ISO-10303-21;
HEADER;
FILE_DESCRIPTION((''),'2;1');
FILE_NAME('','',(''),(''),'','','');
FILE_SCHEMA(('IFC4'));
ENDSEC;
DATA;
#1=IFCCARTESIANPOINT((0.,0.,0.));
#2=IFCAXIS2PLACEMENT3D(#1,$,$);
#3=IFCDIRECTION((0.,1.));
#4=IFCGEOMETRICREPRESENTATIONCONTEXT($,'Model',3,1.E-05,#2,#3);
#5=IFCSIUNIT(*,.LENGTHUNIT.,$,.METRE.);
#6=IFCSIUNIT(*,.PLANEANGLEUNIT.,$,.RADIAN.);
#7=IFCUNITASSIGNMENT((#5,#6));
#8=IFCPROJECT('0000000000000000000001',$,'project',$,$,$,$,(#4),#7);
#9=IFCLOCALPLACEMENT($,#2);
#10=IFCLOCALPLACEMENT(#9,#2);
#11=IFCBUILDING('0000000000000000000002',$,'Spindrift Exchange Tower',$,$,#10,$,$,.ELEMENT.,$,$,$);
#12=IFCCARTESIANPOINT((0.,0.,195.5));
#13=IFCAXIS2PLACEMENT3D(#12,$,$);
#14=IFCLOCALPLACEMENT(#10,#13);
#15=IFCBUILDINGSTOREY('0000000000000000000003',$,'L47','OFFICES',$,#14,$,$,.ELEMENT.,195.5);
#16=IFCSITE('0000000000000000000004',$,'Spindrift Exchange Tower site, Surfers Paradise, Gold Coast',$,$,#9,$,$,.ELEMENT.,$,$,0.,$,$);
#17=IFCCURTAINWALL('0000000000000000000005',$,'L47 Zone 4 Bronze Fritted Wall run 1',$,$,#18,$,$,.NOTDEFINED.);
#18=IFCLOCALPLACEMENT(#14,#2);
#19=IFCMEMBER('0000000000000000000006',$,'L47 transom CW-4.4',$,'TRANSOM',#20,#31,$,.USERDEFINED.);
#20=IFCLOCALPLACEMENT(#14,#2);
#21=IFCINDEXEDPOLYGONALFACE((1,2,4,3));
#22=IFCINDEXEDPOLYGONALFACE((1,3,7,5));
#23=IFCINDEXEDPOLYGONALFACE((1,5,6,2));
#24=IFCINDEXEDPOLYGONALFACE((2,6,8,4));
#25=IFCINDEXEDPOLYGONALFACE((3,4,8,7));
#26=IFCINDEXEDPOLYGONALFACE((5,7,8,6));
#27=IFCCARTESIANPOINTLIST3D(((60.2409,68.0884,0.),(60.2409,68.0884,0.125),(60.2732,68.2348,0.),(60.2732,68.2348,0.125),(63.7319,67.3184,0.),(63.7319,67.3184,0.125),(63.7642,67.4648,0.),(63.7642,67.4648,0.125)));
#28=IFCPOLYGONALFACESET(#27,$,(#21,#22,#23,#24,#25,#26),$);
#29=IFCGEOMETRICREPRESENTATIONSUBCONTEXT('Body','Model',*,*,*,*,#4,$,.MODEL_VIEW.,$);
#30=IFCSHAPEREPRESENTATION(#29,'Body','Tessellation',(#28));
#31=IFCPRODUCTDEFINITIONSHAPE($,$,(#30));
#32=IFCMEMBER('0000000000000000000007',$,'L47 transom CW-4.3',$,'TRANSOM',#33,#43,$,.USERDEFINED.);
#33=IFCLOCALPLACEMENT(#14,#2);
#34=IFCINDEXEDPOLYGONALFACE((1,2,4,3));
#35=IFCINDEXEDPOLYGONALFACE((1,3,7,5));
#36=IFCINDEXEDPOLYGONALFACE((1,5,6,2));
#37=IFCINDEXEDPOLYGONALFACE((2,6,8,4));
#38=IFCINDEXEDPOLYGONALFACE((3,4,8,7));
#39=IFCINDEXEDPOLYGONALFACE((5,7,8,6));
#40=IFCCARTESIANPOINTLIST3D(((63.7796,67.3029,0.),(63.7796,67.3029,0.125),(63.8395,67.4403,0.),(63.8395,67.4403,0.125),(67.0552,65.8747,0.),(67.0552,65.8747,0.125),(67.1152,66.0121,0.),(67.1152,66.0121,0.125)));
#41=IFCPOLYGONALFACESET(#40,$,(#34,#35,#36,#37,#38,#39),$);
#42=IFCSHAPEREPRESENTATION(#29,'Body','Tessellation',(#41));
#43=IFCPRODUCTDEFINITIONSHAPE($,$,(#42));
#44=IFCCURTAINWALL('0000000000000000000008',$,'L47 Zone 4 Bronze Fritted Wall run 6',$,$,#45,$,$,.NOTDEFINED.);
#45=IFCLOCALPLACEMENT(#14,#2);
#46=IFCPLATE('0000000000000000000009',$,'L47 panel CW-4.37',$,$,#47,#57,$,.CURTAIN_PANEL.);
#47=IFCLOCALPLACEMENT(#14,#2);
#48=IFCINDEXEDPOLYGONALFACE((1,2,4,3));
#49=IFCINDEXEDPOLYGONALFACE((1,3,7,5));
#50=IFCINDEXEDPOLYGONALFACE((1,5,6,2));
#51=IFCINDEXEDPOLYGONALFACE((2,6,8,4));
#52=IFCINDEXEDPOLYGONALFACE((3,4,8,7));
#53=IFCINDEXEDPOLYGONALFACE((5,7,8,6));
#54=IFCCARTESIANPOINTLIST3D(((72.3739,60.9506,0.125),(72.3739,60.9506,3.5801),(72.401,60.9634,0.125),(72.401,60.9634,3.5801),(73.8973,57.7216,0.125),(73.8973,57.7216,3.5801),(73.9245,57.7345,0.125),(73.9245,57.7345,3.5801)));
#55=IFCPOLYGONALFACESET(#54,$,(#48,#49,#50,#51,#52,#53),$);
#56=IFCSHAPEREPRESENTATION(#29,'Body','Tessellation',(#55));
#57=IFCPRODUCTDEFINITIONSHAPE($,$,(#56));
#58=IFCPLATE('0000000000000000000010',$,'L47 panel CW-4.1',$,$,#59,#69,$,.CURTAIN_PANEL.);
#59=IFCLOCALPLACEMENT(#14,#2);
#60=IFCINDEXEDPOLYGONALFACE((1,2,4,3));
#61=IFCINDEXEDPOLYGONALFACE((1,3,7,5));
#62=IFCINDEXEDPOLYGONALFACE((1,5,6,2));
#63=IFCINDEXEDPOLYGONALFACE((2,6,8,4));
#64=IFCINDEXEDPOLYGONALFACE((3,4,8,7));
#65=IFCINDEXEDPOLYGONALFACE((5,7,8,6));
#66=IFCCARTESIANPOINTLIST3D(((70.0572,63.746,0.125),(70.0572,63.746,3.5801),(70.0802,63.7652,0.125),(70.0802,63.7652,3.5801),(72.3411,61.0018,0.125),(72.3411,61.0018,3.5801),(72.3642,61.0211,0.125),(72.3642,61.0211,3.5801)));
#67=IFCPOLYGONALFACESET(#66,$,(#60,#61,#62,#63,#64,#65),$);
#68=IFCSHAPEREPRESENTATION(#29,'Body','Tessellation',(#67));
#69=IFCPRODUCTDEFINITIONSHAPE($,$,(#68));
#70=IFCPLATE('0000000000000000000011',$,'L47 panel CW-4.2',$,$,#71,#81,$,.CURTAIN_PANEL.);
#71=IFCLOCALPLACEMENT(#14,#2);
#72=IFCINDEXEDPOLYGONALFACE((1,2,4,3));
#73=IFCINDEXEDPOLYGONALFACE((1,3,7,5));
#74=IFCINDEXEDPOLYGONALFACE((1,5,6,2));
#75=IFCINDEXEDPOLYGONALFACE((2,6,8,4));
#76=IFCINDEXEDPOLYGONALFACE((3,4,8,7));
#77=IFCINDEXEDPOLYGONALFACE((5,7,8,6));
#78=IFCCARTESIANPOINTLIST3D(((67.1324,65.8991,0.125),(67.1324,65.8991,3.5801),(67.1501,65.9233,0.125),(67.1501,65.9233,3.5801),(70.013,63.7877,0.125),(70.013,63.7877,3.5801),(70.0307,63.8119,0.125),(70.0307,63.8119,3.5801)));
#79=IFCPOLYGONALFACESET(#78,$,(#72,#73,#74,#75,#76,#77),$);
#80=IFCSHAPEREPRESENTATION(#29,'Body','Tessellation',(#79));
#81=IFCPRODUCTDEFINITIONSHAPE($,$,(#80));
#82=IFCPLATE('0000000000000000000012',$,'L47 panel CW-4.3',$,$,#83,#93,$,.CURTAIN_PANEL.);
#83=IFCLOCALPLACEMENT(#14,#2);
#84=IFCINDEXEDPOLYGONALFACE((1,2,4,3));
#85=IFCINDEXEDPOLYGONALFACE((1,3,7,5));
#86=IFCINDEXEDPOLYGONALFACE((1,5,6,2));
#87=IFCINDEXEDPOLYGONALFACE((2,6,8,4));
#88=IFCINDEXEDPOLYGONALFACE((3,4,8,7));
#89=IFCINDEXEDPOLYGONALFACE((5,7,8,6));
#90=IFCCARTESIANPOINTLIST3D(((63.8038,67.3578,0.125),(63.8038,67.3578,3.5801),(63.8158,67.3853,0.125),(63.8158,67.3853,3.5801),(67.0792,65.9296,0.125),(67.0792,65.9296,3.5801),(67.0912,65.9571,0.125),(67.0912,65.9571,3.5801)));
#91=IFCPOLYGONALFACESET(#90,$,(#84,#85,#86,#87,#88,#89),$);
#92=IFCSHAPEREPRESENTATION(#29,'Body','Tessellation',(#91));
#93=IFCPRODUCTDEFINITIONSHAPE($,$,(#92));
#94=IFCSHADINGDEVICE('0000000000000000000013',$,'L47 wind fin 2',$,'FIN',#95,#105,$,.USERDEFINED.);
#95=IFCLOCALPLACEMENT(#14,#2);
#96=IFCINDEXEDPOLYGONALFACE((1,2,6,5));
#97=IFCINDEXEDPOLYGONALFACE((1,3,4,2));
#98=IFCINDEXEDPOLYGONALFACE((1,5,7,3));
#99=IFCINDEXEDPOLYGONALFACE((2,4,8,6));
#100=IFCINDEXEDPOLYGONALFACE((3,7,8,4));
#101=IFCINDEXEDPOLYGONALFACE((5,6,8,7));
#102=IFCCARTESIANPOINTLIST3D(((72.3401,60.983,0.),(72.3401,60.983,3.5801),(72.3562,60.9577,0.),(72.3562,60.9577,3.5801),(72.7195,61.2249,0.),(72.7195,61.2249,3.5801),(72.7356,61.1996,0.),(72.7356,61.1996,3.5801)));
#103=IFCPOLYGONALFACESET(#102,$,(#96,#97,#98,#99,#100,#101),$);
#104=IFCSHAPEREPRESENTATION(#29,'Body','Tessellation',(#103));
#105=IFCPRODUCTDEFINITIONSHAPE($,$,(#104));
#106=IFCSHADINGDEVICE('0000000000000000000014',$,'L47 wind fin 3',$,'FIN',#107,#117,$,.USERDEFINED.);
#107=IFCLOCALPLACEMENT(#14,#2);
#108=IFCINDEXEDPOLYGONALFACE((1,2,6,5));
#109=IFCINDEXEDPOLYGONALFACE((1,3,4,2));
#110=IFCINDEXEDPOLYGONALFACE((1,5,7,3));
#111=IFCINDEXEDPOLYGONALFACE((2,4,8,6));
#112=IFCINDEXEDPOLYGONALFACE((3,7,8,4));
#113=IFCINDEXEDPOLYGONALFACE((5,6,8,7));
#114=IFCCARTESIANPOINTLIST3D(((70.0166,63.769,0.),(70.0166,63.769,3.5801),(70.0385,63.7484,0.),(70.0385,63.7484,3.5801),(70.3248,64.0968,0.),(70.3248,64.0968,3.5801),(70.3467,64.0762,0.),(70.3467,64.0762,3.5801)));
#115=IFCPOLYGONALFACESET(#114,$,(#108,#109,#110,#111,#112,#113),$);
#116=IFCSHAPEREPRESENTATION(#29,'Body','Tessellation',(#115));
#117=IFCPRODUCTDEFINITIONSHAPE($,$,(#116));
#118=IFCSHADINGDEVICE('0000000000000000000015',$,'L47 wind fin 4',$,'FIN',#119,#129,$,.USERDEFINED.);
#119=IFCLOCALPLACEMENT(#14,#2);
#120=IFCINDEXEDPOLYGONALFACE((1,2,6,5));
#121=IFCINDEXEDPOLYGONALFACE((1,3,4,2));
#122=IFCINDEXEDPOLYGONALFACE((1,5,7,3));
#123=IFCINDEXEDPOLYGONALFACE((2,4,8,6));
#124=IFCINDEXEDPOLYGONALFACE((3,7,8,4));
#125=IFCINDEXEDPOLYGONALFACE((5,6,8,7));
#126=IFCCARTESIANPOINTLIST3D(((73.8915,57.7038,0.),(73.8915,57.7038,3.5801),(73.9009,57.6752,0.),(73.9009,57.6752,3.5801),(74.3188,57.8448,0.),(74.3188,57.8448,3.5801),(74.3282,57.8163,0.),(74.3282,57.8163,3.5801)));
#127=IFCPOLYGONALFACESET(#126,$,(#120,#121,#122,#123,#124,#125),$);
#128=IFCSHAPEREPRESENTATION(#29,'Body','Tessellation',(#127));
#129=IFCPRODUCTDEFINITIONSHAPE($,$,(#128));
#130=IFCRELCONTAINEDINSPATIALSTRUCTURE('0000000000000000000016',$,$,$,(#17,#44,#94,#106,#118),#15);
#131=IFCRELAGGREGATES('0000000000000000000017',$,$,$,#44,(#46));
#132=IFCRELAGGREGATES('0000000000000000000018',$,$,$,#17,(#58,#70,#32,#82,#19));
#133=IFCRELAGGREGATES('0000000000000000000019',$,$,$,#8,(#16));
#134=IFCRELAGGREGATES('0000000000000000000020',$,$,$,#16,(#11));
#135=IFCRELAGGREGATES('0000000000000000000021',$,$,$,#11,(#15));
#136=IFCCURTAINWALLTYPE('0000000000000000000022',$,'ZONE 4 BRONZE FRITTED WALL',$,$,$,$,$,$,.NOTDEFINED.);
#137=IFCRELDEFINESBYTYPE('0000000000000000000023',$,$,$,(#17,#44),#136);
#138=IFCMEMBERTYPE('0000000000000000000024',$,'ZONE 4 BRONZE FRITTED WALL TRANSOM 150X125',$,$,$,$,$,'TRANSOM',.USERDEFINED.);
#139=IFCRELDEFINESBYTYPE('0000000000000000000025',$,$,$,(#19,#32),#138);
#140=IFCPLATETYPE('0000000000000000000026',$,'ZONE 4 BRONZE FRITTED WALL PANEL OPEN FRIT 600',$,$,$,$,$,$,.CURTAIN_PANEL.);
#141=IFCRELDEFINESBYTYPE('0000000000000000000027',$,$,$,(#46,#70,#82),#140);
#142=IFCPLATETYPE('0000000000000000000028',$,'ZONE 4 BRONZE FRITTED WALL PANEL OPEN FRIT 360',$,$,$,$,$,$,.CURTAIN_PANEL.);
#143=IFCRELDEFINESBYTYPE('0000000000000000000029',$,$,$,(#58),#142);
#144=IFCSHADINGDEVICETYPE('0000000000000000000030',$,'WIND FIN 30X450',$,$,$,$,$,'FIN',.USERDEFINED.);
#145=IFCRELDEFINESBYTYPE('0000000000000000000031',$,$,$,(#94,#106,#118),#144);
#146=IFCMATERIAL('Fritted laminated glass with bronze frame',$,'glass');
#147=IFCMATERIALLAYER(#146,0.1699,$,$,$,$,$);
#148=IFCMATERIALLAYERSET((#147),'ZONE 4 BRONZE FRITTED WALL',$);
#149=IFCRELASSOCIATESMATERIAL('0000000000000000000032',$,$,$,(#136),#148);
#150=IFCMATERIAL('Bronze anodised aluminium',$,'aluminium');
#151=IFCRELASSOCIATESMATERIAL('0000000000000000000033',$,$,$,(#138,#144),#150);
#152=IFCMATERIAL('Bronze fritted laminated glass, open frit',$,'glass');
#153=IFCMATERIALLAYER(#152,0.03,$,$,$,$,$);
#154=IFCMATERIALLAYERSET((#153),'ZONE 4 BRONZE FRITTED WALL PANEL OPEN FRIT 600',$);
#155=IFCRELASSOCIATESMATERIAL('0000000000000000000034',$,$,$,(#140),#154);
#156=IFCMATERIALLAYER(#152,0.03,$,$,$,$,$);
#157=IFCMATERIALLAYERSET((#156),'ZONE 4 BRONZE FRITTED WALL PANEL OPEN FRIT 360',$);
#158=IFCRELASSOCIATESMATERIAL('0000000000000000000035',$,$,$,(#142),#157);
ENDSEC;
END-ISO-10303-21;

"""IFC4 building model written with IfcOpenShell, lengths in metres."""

from ifc_helpers import new_model, si_unit, direction, frame, origin, origin_2d, place, context, subcontext, project, spatial, rectangle, extrude, source, transform, mapped, material, layer, layer_set, material_profile, profile_set, type_object, element, aggregate, save


model = new_model("IFC4")

# Units and contexts
model_context = context("Model", 3, precision=1e-05, world=origin(), true_north=direction((0.0, 1.0)))
body_context = subcontext(model_context, "Body", "Model", "MODEL_VIEW")
ifc_project = project(units=[si_unit("LENGTHUNIT", "METRE"), si_unit("PLANEANGLEUNIT", "RADIAN")], contexts=[model_context])

# Site, building, storey
site_placement = place(None, origin())
site = spatial("IfcSite", under=ifc_project, at=site_placement, Name="Spindrift Exchange Tower site, Surfers Paradise, Gold Coast", CompositionType="ELEMENT", RefElevation=0.0)
building_placement = place(site_placement, origin())
building = spatial("IfcBuilding", under=site, at=building_placement, Name="Spindrift Exchange Tower", CompositionType="ELEMENT")
storey_placement = place(building_placement, frame((0.0, 0.0, 195.5)))
storey = spatial("IfcBuildingStorey", under=building, at=storey_placement, Name="L47", Description="OFFICES", CompositionType="ELEMENT", Elevation=195.5)

# Curtain wall, members
ifc_material_1 = material(Name="Fritted laminated glass with bronze frame", Category="glass")
ifc_layer_1 = layer(ifc_material_1, 0.1699)
ifc_layer_set_1 = layer_set([ifc_layer_1], Name="ZONE 4 BRONZE FRITTED WALL")
curtain_wall_type = type_object("IfcCurtainWallType", Name="ZONE 4 BRONZE FRITTED WALL", PredefinedType="NOTDEFINED", material=ifc_layer_set_1)
curtain_wall_1_placement = place(storey_placement, origin())
curtain_wall_1 = element("IfcCurtainWall", 1, at=curtain_wall_1_placement, inside=storey, type_object=curtain_wall_type, Name="L47 Zone 4 Bronze Fritted Wall run 1", PredefinedType="NOTDEFINED")
ifc_material_2 = material(Name="Bronze anodised aluminium", Category="aluminium")
ifc_material_profile_1 = material_profile(ifc_material_2, rectangle(XDim=0.1499, YDim=0.125, at=origin_2d()), Name="ZONE 4 BRONZE FRITTED WALL TRANSOM 150X125")
ifc_profile_set_1 = profile_set([ifc_material_profile_1], Name="Bronze anodised aluminium")
member_type_1 = type_object("IfcMemberType", Name="ZONE 4 BRONZE FRITTED WALL TRANSOM 150X125", ElementType="TRANSOM", PredefinedType="USERDEFINED", material=ifc_profile_set_1)
shared_shape_1 = source(origin(), body_context, "Body", "SweptSolid", [
    extrude(rectangle(XDim=0.1499, YDim=0.125, at=origin_2d()), origin(), (0.0, 0.0, 1.0), 3.575),
])
member_1_placement = place(storey_placement, frame((63.748, 67.3916, 0.0625), z_axis=(-0.976527, 0.215397, 0.0), x_axis=(-0.215397, -0.976527, 0.0)))
member_1 = element("IfcMember", 2, at=member_1_placement, type_object=member_type_1, Name="L47 transom CW-4.4", ObjectType="TRANSOM", PredefinedType="USERDEFINED", context=body_context, shape_type="MappedRepresentation", body=[
    mapped(shared_shape_1, transform((0.0, 0.0, 0.0), scale=1.0)),
])
shared_shape_2 = source(origin(), body_context, "Body", "SweptSolid", [
    extrude(rectangle(XDim=0.1499, YDim=0.125, at=origin_2d()), origin(), (0.0, 0.0, 1.0), 3.5735),
])
member_2_placement = place(storey_placement, frame((67.0852, 65.9434, 0.0625), z_axis=(-0.916657, 0.399675, 0.0), x_axis=(-0.399675, -0.916657, 0.0)))
member_2 = element("IfcMember", 3, at=member_2_placement, type_object=member_type_1, Name="L47 transom CW-4.3", ObjectType="TRANSOM", PredefinedType="USERDEFINED", context=body_context, shape_type="MappedRepresentation", body=[
    mapped(shared_shape_2, transform((0.0, 0.0, 0.0), scale=1.0)),
])

# Curtain wall, plate
curtain_wall_2_placement = place(storey_placement, origin())
curtain_wall_2 = element("IfcCurtainWall", 4, at=curtain_wall_2_placement, inside=storey, type_object=curtain_wall_type, Name="L47 Zone 4 Bronze Fritted Wall run 6", PredefinedType="NOTDEFINED")
ifc_material_3 = material(Name="Bronze fritted laminated glass, open frit", Category="glass")
ifc_layer_2 = layer(ifc_material_3, 0.03)
ifc_layer_set_2 = layer_set([ifc_layer_2], Name="ZONE 4 BRONZE FRITTED WALL PANEL OPEN FRIT 600")
plate_type_1 = type_object("IfcPlateType", Name="ZONE 4 BRONZE FRITTED WALL PANEL OPEN FRIT 600", PredefinedType="CURTAIN_PANEL", material=ifc_layer_set_2)
shared_shape_3 = source(origin(), body_context, "Body", "SweptSolid", [
    extrude(rectangle(XDim=3.5703, YDim=0.03, at=origin_2d()), origin(), (0.0, 0.0, 1.0), 3.4551),
])
plate_1_placement = place(storey_placement, frame((73.1492, 59.3425, 0.125), z_axis=(0.0, 0.0, 1.0), x_axis=(-0.426708, 0.90439, 0.0)))
plate_1 = element("IfcPlate", 5, at=plate_1_placement, type_object=plate_type_1, Name="L47 panel CW-4.37", PredefinedType="CURTAIN_PANEL", context=body_context, shape_type="MappedRepresentation", body=[
    mapped(shared_shape_3, transform((0.0, 0.0, 0.0), scale=1.0)),
])
aggregate(curtain_wall_2, [plate_1])

# Plates
ifc_layer_3 = layer(ifc_material_3, 0.03)
ifc_layer_set_3 = layer_set([ifc_layer_3], Name="ZONE 4 BRONZE FRITTED WALL PANEL OPEN FRIT 360")
plate_type_2 = type_object("IfcPlateType", Name="ZONE 4 BRONZE FRITTED WALL PANEL OPEN FRIT 360", PredefinedType="CURTAIN_PANEL", material=ifc_layer_set_3)
shared_shape_4 = source(origin(), body_context, "Body", "SweptSolid", [
    extrude(rectangle(XDim=3.5703, YDim=0.03, at=origin_2d()), origin(), (0.0, 0.0, 1.0), 3.4551),
])
plate_2_placement = place(storey_placement, frame((71.2107, 62.3835, 0.125), z_axis=(0.0, 0.0, 1.0), x_axis=(-0.639711, 0.768615, 0.0)))
plate_2 = element("IfcPlate", 6, at=plate_2_placement, type_object=plate_type_2, Name="L47 panel CW-4.1", PredefinedType="CURTAIN_PANEL", context=body_context, shape_type="MappedRepresentation", body=[
    mapped(shared_shape_4, transform((0.0, 0.0, 0.0), scale=1.0)),
])
shared_shape_5 = source(origin(), body_context, "Body", "SweptSolid", [
    extrude(rectangle(XDim=3.5715, YDim=0.03, at=origin_2d()), origin(), (0.0, 0.0, 1.0), 3.4551),
])
plate_3_placement = place(storey_placement, frame((68.5815, 64.8555, 0.125), z_axis=(0.0, 0.0, 1.0), x_axis=(-0.806545, 0.591173, 0.0)))
plate_3 = element("IfcPlate", 7, at=plate_3_placement, type_object=plate_type_1, Name="L47 panel CW-4.2", PredefinedType="CURTAIN_PANEL", context=body_context, shape_type="MappedRepresentation", body=[
    mapped(shared_shape_5, transform((0.0, 0.0, 0.0), scale=1.0)),
])
shared_shape_6 = source(origin(), body_context, "Body", "SweptSolid", [
    extrude(rectangle(XDim=3.5732, YDim=0.03, at=origin_2d()), origin(), (0.0, 0.0, 1.0), 3.4551),
])
plate_4_placement = place(storey_placement, frame((65.4475, 66.6575, 0.125), z_axis=(0.0, 0.0, 1.0), x_axis=(-0.916652, 0.399687, 0.0)))
plate_4 = element("IfcPlate", 8, at=plate_4_placement, type_object=plate_type_1, Name="L47 panel CW-4.3", PredefinedType="CURTAIN_PANEL", context=body_context, shape_type="MappedRepresentation", body=[
    mapped(shared_shape_6, transform((0.0, 0.0, 0.0), scale=1.0)),
])
aggregate(curtain_wall_1, [plate_2, plate_3, member_2, plate_4, member_1])

# Shading devices
ifc_material_profile_2 = material_profile(ifc_material_2, rectangle(XDim=0.03, YDim=0.45, at=origin_2d()), Name="WIND FIN 30X450")
ifc_profile_set_2 = profile_set([ifc_material_profile_2], Name="Bronze anodised aluminium")
shading_device_type = type_object("IfcShadingDeviceType", Name="WIND FIN 30X450", ElementType="FIN", PredefinedType="USERDEFINED", material=ifc_profile_set_2)
shared_shape_7 = source(origin(), body_context, "Body", "SweptSolid", [
    extrude(rectangle(XDim=0.03, YDim=0.45, at=origin_2d()), origin(), (0.0, 0.0, 1.0), 3.5801),
])
for number, where, z_axis, x_axis, name in (
    (9, (72.5378, 61.0913, 0.0), (0.0, 0.0, 1.0), (-0.537513, 0.843255, 0.0), "L47 wind fin 2"),
    (10, (70.1816, 63.9226, 0.0), (0.0, 0.0, 1.0), (-0.72855, 0.684992, 0.0), "L47 wind fin 3"),
    (11, (74.1099, 57.76, 0.0), (0.0, 0.0, 1.0), (-0.313388, 0.949625, 0.0), "L47 wind fin 4"),
):
    element("IfcShadingDevice", number, at=place(storey_placement, frame(where, z_axis=z_axis, x_axis=x_axis)), inside=storey, type_object=shading_device_type, Name=name, ObjectType="FIN", PredefinedType="USERDEFINED", context=body_context, shape_type="MappedRepresentation", body=[
        mapped(shared_shape_7, transform((0.0, 0.0, 0.0), scale=1.0)),
    ])

save(model, "model.ifc")
